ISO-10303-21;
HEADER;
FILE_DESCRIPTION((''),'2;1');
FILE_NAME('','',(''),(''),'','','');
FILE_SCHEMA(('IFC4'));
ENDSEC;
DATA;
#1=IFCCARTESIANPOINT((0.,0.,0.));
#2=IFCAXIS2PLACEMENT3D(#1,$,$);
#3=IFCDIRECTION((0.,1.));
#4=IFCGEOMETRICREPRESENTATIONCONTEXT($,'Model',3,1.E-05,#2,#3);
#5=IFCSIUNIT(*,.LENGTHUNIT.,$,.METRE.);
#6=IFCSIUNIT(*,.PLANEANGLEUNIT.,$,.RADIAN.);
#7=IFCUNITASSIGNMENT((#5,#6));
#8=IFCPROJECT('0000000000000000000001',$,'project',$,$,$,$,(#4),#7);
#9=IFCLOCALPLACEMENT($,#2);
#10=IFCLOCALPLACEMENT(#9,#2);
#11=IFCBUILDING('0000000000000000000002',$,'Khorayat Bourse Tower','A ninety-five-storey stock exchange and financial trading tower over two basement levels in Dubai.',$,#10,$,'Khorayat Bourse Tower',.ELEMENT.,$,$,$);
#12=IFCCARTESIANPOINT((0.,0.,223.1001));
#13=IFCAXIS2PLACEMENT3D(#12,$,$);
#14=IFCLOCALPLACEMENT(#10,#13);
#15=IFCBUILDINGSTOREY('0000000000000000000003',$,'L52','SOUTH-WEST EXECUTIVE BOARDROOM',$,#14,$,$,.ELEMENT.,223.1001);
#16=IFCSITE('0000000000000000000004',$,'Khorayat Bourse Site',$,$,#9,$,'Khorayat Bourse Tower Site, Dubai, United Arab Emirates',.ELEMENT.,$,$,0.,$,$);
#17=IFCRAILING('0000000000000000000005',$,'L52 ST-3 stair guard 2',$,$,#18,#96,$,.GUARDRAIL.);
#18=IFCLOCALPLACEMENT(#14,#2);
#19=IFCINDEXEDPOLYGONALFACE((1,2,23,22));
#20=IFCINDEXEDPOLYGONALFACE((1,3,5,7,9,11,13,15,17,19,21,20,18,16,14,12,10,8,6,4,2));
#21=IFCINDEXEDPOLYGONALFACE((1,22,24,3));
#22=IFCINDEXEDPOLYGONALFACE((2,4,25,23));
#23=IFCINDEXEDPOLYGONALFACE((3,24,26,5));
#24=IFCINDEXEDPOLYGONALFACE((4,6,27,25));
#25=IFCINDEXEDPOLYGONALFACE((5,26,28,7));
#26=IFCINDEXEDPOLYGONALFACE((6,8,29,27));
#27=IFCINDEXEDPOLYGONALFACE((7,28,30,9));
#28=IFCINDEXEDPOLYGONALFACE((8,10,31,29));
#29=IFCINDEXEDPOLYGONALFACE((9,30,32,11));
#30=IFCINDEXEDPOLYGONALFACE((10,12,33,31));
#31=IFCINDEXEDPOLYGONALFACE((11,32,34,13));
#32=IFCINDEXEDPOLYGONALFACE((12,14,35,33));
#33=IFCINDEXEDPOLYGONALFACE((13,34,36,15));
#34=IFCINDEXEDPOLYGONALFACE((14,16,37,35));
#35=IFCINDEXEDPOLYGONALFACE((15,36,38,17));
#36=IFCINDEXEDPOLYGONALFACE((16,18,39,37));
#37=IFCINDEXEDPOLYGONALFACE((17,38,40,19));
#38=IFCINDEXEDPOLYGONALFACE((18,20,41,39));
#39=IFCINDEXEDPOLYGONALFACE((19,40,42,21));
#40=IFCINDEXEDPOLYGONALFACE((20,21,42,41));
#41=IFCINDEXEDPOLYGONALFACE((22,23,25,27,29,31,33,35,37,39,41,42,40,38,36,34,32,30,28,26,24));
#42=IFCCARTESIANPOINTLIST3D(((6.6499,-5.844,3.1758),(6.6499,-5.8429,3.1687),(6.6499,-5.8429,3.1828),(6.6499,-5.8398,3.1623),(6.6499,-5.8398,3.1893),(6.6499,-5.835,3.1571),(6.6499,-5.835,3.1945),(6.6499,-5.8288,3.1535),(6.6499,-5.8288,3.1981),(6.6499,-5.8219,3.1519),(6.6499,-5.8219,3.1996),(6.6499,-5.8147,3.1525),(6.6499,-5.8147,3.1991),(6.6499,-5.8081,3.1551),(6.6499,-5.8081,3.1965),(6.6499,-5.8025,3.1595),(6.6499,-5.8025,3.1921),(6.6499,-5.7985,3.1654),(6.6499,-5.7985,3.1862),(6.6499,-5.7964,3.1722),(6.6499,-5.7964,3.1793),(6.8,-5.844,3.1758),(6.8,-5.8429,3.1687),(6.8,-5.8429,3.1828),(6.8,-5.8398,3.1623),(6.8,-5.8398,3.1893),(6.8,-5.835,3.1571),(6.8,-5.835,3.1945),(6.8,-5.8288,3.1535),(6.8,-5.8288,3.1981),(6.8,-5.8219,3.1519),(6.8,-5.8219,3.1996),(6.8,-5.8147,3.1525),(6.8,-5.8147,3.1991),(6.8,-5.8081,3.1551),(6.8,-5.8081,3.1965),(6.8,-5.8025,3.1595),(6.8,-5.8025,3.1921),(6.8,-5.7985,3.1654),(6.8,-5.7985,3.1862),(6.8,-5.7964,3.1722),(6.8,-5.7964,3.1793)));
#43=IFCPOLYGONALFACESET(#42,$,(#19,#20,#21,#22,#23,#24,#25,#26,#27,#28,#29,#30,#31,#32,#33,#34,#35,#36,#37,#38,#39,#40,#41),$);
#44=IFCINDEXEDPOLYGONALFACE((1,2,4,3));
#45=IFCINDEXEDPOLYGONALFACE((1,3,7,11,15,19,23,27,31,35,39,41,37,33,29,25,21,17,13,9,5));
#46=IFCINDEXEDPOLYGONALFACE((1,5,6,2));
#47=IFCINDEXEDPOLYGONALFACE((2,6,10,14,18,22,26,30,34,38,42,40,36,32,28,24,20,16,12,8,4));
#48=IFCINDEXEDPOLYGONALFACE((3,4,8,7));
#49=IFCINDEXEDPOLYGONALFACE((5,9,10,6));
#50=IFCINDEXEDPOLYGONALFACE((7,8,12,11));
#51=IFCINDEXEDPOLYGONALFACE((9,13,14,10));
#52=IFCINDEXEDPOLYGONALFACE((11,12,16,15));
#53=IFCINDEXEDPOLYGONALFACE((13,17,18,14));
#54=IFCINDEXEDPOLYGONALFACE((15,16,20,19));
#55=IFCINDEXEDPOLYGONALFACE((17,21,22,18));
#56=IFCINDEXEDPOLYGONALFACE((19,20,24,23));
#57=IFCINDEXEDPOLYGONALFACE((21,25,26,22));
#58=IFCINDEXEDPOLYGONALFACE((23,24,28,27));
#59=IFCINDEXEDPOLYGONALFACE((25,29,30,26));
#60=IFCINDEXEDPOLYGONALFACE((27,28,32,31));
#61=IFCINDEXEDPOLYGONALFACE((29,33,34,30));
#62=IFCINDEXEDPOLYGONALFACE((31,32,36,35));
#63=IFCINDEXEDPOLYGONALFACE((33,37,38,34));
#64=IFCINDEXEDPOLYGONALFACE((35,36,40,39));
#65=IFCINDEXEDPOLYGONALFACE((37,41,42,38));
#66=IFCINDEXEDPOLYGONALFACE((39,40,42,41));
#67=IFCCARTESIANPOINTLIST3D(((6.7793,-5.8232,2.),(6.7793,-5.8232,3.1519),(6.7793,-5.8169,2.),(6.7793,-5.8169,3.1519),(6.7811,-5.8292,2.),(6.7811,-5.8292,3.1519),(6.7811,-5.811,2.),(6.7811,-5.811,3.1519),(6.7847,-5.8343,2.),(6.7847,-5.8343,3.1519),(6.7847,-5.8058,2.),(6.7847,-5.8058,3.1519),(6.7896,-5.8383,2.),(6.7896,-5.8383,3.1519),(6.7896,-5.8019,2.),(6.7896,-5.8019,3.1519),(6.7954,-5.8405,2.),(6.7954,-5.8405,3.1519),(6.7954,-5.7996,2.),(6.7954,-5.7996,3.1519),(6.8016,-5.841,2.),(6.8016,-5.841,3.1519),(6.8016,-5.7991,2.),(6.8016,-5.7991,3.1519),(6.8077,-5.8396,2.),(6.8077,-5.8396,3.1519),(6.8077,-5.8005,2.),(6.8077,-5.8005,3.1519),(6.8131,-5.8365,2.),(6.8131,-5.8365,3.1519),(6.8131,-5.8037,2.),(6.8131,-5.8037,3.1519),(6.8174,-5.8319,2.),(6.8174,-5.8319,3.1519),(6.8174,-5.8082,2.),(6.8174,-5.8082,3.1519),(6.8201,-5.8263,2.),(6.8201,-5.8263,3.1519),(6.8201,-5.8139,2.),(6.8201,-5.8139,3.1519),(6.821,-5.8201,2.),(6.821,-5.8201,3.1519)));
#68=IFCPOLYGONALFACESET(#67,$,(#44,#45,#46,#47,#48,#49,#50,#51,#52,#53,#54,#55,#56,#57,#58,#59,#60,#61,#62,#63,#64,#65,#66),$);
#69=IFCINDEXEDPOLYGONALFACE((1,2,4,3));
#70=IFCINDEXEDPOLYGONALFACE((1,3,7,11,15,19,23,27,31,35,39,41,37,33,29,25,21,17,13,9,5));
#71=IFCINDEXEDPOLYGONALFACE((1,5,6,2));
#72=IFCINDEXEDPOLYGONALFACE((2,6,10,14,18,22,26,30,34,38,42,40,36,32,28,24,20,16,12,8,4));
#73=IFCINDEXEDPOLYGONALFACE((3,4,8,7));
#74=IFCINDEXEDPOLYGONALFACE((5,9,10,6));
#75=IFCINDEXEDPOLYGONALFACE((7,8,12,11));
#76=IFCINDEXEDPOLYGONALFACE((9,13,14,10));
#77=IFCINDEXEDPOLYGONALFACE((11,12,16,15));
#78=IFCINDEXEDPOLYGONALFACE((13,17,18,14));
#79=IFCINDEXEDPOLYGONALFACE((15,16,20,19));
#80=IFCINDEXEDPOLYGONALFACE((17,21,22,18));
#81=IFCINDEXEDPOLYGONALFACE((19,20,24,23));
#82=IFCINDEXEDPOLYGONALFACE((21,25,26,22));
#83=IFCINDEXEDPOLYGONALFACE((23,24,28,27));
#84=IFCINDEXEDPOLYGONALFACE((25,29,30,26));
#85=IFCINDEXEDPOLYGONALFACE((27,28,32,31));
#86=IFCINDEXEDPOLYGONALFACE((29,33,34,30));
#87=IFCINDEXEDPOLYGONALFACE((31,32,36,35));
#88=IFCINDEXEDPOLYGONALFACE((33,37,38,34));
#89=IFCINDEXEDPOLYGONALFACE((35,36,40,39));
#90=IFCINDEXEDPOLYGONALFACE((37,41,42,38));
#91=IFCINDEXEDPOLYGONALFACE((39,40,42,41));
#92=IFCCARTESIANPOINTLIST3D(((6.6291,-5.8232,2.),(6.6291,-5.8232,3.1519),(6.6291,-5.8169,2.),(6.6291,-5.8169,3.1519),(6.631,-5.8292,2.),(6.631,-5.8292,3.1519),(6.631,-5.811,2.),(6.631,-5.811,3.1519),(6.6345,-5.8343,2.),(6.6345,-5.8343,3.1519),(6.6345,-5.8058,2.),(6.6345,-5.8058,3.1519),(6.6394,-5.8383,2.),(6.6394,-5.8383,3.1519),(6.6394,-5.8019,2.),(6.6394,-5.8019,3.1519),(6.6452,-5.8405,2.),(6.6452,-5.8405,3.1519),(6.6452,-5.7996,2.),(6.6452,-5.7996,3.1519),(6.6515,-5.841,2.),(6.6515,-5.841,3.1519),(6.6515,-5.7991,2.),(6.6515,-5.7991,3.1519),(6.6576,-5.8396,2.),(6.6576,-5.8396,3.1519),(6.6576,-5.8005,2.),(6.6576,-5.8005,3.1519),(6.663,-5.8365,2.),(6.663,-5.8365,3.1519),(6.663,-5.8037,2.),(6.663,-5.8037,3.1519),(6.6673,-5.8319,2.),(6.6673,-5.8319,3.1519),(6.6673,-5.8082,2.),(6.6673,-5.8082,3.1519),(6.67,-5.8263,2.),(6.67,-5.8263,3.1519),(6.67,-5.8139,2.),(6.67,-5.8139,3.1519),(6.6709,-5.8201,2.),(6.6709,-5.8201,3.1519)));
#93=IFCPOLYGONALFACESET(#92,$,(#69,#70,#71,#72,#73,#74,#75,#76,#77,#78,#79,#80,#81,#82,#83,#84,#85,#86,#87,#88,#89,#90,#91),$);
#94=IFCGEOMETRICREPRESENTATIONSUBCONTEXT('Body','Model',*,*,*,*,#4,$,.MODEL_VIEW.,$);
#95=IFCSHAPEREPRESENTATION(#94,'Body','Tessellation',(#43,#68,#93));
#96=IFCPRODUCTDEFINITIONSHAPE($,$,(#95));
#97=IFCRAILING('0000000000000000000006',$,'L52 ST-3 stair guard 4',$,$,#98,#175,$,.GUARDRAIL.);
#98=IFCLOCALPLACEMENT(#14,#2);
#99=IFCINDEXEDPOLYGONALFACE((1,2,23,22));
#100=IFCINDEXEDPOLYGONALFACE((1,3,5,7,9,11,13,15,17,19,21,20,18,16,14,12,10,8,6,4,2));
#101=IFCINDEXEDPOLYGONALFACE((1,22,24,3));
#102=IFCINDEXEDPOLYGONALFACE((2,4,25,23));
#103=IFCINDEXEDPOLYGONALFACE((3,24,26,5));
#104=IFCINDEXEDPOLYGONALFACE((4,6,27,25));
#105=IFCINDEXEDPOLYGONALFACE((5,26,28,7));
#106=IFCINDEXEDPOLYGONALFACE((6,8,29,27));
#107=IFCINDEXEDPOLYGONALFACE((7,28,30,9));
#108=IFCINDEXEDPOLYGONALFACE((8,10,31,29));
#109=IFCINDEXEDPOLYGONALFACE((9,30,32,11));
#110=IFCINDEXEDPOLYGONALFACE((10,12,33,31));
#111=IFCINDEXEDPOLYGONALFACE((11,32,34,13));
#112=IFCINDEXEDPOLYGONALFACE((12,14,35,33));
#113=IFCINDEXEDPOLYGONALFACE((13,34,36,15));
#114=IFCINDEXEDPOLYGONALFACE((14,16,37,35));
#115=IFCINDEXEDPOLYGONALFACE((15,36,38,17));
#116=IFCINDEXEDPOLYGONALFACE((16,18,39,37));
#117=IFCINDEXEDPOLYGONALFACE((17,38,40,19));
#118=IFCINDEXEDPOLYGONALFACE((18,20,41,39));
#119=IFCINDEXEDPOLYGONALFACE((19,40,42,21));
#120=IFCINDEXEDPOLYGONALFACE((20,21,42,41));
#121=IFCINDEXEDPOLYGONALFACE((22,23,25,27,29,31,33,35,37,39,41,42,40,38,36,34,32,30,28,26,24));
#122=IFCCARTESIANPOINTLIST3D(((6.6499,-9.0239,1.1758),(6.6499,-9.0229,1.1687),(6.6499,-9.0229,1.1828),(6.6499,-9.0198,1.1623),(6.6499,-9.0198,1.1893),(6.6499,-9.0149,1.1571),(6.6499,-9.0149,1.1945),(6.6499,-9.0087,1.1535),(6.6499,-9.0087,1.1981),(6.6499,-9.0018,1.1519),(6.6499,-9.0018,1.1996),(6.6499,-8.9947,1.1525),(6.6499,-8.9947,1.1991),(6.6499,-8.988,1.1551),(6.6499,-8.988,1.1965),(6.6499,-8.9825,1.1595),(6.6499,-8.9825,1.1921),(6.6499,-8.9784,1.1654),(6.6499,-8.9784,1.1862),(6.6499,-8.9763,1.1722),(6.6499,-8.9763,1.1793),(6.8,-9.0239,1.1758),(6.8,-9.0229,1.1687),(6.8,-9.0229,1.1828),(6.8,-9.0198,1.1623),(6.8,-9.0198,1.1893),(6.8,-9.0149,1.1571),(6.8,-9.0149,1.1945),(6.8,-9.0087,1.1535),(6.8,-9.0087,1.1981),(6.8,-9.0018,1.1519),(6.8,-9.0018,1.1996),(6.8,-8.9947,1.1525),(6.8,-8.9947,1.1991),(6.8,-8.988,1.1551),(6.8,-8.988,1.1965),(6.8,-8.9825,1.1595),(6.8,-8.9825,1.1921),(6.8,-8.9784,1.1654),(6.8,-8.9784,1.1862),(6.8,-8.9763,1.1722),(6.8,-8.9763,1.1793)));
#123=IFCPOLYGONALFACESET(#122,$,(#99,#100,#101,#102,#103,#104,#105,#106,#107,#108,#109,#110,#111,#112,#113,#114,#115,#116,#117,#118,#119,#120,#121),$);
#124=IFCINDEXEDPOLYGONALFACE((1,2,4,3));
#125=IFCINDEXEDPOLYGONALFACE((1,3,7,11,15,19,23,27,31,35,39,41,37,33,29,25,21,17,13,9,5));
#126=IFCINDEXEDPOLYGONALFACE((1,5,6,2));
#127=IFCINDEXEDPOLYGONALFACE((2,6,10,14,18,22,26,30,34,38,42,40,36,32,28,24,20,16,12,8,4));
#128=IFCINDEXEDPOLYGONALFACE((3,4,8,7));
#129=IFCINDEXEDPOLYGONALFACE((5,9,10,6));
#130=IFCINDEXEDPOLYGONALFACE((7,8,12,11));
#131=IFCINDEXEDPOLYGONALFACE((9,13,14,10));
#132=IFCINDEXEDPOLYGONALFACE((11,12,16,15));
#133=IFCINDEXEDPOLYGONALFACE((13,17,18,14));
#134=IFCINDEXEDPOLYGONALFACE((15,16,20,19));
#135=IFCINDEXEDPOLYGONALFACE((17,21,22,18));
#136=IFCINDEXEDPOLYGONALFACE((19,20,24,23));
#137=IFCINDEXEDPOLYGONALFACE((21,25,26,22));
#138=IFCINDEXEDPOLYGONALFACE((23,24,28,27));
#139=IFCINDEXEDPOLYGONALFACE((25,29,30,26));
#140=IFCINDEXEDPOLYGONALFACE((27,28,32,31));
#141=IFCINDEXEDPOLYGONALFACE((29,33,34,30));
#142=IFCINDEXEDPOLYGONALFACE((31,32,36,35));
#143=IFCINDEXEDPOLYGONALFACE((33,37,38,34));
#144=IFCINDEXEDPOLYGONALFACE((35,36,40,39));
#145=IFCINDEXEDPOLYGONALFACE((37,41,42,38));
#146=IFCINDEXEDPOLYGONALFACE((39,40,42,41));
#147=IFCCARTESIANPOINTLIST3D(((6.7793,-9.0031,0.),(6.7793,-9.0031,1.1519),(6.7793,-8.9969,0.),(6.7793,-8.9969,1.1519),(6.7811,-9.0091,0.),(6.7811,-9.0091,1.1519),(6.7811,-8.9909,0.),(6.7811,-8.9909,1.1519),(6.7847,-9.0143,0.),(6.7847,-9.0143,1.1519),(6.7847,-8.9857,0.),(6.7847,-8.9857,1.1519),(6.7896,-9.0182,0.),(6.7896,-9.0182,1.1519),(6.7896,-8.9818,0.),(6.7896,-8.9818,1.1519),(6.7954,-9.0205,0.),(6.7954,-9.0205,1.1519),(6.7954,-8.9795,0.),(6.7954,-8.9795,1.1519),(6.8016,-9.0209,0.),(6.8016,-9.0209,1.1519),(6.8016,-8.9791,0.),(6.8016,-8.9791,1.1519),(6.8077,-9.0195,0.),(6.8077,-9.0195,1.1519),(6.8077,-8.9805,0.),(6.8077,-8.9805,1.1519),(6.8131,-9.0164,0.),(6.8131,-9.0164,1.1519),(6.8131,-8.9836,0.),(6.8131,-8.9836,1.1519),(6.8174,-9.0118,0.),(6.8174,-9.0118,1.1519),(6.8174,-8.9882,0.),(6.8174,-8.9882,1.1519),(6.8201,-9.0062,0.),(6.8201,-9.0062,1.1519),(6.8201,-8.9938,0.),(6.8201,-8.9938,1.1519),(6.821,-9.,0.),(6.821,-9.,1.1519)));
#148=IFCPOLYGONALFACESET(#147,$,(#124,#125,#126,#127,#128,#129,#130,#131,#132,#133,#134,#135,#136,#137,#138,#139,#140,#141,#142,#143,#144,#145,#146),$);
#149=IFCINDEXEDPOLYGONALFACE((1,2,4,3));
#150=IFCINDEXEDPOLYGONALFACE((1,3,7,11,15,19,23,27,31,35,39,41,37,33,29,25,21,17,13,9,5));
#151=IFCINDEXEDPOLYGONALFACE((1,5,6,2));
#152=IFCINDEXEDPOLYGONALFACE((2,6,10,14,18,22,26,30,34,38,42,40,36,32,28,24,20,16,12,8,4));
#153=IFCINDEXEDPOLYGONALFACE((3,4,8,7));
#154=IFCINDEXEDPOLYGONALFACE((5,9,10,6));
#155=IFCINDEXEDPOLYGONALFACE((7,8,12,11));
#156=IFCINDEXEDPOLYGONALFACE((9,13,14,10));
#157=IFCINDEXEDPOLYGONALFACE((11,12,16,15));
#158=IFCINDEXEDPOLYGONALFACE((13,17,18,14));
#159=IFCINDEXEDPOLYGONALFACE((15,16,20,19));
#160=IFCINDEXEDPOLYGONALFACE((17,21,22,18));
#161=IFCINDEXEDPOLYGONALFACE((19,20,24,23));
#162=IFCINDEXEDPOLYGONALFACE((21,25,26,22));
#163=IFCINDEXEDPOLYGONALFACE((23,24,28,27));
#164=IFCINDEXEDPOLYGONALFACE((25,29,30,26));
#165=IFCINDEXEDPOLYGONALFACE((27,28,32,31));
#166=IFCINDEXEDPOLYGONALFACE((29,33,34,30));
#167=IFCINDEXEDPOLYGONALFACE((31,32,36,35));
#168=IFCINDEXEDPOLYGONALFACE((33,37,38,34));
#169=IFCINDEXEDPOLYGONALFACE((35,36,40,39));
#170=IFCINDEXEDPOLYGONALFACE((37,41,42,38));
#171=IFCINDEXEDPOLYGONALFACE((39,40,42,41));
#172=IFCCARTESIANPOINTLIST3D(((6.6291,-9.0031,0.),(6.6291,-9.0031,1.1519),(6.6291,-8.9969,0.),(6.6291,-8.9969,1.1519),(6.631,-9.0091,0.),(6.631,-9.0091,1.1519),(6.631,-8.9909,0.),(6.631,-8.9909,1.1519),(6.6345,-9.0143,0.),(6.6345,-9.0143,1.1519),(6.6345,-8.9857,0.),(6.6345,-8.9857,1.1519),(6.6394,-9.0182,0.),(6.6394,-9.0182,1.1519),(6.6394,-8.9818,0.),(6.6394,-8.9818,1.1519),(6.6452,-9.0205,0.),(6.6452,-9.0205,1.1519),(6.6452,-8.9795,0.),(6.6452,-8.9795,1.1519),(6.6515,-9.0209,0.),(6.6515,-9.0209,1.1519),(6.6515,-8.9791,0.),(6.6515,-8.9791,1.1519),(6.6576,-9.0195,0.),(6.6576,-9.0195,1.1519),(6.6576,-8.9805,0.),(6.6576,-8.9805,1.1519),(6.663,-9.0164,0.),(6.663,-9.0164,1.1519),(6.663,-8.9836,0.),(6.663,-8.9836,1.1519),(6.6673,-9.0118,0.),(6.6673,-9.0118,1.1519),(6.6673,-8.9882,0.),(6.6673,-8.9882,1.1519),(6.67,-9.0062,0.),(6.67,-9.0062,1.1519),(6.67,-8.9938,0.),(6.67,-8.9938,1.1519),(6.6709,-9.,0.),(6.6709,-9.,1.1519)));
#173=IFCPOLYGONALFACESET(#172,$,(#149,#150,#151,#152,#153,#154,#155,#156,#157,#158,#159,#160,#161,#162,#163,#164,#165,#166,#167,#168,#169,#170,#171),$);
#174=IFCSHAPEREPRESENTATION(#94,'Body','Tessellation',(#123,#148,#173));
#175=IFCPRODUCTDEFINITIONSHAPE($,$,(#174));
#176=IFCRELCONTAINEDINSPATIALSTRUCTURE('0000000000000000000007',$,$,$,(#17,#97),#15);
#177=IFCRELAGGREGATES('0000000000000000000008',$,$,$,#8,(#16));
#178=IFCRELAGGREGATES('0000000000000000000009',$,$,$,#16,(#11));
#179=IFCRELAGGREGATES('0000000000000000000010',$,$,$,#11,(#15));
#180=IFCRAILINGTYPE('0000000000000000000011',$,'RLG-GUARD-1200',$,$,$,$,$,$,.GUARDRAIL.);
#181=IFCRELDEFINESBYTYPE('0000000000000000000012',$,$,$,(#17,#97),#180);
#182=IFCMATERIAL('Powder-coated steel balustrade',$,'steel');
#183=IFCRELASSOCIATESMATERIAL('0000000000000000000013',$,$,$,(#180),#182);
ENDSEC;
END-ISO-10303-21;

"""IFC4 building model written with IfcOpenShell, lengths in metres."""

from ifc_helpers import new_model, si_unit, direction, frame, origin, origin_2d, place, context, subcontext, project, spatial, circle, extrude, source, transform, mapped, material, type_object, element, save


model = new_model("IFC4")

# Units and contexts
model_context = context("Model", 3, precision=1e-05, world=origin(), true_north=direction((0.0, 1.0)))
body_context = subcontext(model_context, "Body", "Model", "MODEL_VIEW")
ifc_project = project(units=[si_unit("LENGTHUNIT", "METRE"), si_unit("PLANEANGLEUNIT", "RADIAN")], contexts=[model_context])

# Site, building, storey
site_placement = place(None, origin())
site = spatial("IfcSite", under=ifc_project, at=site_placement, Name="Khorayat Bourse Site", LongName="Khorayat Bourse Tower Site, Dubai, United Arab Emirates", CompositionType="ELEMENT", RefElevation=0.0)
building_placement = place(site_placement, origin())
building = spatial("IfcBuilding", under=site, at=building_placement, Name="Khorayat Bourse Tower", Description="A ninety-five-storey stock exchange and financial trading tower over two basement levels in Dubai.", LongName="Khorayat Bourse Tower", CompositionType="ELEMENT")
storey_placement = place(building_placement, frame((0.0, 0.0, 223.1001)))
storey = spatial("IfcBuildingStorey", under=building, at=storey_placement, Name="L52", Description="SOUTH-WEST EXECUTIVE BOARDROOM", CompositionType="ELEMENT", Elevation=223.1001)

# Railings
ifc_material_1 = material(Name="Powder-coated steel balustrade", Category="steel")
railing_type_1 = type_object("IfcRailingType", Name="RLG-GUARD-1200", PredefinedType="GUARDRAIL", material=ifc_material_1)
shared_shape_1 = source(origin(), body_context, "Body", "SweptSolid", [
    extrude(circle(Radius=0.0239, at=origin_2d()), frame((0.0, 0.0, 1.1758), z_axis=(-1.0, 0.0, 0.0), x_axis=(0.0, -1.0, 0.0)), (0.0, 0.0, 1.0), 0.1501),
    extrude(circle(Radius=0.021, at=origin_2d()), origin(), (0.0, 0.0, 1.0), 1.1519),
    extrude(circle(Radius=0.021, at=origin_2d()), frame((-0.1501, 0.0, 0.0)), (0.0, 0.0, 1.0), 1.1519),
])
for number, where, name in (
    (1, (6.8, -5.8201, 2.0), "L52 ST-3 stair guard 2"),
    (2, (6.8, -9.0, 0.0), "L52 ST-3 stair guard 4"),
):
    element("IfcRailing", number, at=place(storey_placement, frame(where)), inside=storey, type_object=railing_type_1, Name=name, PredefinedType="GUARDRAIL", context=body_context, shape_type="MappedRepresentation", body=[
        mapped(shared_shape_1, transform((0.0, 0.0, 0.0), scale=1.0)),
    ])

save(model, "model.ifc")
